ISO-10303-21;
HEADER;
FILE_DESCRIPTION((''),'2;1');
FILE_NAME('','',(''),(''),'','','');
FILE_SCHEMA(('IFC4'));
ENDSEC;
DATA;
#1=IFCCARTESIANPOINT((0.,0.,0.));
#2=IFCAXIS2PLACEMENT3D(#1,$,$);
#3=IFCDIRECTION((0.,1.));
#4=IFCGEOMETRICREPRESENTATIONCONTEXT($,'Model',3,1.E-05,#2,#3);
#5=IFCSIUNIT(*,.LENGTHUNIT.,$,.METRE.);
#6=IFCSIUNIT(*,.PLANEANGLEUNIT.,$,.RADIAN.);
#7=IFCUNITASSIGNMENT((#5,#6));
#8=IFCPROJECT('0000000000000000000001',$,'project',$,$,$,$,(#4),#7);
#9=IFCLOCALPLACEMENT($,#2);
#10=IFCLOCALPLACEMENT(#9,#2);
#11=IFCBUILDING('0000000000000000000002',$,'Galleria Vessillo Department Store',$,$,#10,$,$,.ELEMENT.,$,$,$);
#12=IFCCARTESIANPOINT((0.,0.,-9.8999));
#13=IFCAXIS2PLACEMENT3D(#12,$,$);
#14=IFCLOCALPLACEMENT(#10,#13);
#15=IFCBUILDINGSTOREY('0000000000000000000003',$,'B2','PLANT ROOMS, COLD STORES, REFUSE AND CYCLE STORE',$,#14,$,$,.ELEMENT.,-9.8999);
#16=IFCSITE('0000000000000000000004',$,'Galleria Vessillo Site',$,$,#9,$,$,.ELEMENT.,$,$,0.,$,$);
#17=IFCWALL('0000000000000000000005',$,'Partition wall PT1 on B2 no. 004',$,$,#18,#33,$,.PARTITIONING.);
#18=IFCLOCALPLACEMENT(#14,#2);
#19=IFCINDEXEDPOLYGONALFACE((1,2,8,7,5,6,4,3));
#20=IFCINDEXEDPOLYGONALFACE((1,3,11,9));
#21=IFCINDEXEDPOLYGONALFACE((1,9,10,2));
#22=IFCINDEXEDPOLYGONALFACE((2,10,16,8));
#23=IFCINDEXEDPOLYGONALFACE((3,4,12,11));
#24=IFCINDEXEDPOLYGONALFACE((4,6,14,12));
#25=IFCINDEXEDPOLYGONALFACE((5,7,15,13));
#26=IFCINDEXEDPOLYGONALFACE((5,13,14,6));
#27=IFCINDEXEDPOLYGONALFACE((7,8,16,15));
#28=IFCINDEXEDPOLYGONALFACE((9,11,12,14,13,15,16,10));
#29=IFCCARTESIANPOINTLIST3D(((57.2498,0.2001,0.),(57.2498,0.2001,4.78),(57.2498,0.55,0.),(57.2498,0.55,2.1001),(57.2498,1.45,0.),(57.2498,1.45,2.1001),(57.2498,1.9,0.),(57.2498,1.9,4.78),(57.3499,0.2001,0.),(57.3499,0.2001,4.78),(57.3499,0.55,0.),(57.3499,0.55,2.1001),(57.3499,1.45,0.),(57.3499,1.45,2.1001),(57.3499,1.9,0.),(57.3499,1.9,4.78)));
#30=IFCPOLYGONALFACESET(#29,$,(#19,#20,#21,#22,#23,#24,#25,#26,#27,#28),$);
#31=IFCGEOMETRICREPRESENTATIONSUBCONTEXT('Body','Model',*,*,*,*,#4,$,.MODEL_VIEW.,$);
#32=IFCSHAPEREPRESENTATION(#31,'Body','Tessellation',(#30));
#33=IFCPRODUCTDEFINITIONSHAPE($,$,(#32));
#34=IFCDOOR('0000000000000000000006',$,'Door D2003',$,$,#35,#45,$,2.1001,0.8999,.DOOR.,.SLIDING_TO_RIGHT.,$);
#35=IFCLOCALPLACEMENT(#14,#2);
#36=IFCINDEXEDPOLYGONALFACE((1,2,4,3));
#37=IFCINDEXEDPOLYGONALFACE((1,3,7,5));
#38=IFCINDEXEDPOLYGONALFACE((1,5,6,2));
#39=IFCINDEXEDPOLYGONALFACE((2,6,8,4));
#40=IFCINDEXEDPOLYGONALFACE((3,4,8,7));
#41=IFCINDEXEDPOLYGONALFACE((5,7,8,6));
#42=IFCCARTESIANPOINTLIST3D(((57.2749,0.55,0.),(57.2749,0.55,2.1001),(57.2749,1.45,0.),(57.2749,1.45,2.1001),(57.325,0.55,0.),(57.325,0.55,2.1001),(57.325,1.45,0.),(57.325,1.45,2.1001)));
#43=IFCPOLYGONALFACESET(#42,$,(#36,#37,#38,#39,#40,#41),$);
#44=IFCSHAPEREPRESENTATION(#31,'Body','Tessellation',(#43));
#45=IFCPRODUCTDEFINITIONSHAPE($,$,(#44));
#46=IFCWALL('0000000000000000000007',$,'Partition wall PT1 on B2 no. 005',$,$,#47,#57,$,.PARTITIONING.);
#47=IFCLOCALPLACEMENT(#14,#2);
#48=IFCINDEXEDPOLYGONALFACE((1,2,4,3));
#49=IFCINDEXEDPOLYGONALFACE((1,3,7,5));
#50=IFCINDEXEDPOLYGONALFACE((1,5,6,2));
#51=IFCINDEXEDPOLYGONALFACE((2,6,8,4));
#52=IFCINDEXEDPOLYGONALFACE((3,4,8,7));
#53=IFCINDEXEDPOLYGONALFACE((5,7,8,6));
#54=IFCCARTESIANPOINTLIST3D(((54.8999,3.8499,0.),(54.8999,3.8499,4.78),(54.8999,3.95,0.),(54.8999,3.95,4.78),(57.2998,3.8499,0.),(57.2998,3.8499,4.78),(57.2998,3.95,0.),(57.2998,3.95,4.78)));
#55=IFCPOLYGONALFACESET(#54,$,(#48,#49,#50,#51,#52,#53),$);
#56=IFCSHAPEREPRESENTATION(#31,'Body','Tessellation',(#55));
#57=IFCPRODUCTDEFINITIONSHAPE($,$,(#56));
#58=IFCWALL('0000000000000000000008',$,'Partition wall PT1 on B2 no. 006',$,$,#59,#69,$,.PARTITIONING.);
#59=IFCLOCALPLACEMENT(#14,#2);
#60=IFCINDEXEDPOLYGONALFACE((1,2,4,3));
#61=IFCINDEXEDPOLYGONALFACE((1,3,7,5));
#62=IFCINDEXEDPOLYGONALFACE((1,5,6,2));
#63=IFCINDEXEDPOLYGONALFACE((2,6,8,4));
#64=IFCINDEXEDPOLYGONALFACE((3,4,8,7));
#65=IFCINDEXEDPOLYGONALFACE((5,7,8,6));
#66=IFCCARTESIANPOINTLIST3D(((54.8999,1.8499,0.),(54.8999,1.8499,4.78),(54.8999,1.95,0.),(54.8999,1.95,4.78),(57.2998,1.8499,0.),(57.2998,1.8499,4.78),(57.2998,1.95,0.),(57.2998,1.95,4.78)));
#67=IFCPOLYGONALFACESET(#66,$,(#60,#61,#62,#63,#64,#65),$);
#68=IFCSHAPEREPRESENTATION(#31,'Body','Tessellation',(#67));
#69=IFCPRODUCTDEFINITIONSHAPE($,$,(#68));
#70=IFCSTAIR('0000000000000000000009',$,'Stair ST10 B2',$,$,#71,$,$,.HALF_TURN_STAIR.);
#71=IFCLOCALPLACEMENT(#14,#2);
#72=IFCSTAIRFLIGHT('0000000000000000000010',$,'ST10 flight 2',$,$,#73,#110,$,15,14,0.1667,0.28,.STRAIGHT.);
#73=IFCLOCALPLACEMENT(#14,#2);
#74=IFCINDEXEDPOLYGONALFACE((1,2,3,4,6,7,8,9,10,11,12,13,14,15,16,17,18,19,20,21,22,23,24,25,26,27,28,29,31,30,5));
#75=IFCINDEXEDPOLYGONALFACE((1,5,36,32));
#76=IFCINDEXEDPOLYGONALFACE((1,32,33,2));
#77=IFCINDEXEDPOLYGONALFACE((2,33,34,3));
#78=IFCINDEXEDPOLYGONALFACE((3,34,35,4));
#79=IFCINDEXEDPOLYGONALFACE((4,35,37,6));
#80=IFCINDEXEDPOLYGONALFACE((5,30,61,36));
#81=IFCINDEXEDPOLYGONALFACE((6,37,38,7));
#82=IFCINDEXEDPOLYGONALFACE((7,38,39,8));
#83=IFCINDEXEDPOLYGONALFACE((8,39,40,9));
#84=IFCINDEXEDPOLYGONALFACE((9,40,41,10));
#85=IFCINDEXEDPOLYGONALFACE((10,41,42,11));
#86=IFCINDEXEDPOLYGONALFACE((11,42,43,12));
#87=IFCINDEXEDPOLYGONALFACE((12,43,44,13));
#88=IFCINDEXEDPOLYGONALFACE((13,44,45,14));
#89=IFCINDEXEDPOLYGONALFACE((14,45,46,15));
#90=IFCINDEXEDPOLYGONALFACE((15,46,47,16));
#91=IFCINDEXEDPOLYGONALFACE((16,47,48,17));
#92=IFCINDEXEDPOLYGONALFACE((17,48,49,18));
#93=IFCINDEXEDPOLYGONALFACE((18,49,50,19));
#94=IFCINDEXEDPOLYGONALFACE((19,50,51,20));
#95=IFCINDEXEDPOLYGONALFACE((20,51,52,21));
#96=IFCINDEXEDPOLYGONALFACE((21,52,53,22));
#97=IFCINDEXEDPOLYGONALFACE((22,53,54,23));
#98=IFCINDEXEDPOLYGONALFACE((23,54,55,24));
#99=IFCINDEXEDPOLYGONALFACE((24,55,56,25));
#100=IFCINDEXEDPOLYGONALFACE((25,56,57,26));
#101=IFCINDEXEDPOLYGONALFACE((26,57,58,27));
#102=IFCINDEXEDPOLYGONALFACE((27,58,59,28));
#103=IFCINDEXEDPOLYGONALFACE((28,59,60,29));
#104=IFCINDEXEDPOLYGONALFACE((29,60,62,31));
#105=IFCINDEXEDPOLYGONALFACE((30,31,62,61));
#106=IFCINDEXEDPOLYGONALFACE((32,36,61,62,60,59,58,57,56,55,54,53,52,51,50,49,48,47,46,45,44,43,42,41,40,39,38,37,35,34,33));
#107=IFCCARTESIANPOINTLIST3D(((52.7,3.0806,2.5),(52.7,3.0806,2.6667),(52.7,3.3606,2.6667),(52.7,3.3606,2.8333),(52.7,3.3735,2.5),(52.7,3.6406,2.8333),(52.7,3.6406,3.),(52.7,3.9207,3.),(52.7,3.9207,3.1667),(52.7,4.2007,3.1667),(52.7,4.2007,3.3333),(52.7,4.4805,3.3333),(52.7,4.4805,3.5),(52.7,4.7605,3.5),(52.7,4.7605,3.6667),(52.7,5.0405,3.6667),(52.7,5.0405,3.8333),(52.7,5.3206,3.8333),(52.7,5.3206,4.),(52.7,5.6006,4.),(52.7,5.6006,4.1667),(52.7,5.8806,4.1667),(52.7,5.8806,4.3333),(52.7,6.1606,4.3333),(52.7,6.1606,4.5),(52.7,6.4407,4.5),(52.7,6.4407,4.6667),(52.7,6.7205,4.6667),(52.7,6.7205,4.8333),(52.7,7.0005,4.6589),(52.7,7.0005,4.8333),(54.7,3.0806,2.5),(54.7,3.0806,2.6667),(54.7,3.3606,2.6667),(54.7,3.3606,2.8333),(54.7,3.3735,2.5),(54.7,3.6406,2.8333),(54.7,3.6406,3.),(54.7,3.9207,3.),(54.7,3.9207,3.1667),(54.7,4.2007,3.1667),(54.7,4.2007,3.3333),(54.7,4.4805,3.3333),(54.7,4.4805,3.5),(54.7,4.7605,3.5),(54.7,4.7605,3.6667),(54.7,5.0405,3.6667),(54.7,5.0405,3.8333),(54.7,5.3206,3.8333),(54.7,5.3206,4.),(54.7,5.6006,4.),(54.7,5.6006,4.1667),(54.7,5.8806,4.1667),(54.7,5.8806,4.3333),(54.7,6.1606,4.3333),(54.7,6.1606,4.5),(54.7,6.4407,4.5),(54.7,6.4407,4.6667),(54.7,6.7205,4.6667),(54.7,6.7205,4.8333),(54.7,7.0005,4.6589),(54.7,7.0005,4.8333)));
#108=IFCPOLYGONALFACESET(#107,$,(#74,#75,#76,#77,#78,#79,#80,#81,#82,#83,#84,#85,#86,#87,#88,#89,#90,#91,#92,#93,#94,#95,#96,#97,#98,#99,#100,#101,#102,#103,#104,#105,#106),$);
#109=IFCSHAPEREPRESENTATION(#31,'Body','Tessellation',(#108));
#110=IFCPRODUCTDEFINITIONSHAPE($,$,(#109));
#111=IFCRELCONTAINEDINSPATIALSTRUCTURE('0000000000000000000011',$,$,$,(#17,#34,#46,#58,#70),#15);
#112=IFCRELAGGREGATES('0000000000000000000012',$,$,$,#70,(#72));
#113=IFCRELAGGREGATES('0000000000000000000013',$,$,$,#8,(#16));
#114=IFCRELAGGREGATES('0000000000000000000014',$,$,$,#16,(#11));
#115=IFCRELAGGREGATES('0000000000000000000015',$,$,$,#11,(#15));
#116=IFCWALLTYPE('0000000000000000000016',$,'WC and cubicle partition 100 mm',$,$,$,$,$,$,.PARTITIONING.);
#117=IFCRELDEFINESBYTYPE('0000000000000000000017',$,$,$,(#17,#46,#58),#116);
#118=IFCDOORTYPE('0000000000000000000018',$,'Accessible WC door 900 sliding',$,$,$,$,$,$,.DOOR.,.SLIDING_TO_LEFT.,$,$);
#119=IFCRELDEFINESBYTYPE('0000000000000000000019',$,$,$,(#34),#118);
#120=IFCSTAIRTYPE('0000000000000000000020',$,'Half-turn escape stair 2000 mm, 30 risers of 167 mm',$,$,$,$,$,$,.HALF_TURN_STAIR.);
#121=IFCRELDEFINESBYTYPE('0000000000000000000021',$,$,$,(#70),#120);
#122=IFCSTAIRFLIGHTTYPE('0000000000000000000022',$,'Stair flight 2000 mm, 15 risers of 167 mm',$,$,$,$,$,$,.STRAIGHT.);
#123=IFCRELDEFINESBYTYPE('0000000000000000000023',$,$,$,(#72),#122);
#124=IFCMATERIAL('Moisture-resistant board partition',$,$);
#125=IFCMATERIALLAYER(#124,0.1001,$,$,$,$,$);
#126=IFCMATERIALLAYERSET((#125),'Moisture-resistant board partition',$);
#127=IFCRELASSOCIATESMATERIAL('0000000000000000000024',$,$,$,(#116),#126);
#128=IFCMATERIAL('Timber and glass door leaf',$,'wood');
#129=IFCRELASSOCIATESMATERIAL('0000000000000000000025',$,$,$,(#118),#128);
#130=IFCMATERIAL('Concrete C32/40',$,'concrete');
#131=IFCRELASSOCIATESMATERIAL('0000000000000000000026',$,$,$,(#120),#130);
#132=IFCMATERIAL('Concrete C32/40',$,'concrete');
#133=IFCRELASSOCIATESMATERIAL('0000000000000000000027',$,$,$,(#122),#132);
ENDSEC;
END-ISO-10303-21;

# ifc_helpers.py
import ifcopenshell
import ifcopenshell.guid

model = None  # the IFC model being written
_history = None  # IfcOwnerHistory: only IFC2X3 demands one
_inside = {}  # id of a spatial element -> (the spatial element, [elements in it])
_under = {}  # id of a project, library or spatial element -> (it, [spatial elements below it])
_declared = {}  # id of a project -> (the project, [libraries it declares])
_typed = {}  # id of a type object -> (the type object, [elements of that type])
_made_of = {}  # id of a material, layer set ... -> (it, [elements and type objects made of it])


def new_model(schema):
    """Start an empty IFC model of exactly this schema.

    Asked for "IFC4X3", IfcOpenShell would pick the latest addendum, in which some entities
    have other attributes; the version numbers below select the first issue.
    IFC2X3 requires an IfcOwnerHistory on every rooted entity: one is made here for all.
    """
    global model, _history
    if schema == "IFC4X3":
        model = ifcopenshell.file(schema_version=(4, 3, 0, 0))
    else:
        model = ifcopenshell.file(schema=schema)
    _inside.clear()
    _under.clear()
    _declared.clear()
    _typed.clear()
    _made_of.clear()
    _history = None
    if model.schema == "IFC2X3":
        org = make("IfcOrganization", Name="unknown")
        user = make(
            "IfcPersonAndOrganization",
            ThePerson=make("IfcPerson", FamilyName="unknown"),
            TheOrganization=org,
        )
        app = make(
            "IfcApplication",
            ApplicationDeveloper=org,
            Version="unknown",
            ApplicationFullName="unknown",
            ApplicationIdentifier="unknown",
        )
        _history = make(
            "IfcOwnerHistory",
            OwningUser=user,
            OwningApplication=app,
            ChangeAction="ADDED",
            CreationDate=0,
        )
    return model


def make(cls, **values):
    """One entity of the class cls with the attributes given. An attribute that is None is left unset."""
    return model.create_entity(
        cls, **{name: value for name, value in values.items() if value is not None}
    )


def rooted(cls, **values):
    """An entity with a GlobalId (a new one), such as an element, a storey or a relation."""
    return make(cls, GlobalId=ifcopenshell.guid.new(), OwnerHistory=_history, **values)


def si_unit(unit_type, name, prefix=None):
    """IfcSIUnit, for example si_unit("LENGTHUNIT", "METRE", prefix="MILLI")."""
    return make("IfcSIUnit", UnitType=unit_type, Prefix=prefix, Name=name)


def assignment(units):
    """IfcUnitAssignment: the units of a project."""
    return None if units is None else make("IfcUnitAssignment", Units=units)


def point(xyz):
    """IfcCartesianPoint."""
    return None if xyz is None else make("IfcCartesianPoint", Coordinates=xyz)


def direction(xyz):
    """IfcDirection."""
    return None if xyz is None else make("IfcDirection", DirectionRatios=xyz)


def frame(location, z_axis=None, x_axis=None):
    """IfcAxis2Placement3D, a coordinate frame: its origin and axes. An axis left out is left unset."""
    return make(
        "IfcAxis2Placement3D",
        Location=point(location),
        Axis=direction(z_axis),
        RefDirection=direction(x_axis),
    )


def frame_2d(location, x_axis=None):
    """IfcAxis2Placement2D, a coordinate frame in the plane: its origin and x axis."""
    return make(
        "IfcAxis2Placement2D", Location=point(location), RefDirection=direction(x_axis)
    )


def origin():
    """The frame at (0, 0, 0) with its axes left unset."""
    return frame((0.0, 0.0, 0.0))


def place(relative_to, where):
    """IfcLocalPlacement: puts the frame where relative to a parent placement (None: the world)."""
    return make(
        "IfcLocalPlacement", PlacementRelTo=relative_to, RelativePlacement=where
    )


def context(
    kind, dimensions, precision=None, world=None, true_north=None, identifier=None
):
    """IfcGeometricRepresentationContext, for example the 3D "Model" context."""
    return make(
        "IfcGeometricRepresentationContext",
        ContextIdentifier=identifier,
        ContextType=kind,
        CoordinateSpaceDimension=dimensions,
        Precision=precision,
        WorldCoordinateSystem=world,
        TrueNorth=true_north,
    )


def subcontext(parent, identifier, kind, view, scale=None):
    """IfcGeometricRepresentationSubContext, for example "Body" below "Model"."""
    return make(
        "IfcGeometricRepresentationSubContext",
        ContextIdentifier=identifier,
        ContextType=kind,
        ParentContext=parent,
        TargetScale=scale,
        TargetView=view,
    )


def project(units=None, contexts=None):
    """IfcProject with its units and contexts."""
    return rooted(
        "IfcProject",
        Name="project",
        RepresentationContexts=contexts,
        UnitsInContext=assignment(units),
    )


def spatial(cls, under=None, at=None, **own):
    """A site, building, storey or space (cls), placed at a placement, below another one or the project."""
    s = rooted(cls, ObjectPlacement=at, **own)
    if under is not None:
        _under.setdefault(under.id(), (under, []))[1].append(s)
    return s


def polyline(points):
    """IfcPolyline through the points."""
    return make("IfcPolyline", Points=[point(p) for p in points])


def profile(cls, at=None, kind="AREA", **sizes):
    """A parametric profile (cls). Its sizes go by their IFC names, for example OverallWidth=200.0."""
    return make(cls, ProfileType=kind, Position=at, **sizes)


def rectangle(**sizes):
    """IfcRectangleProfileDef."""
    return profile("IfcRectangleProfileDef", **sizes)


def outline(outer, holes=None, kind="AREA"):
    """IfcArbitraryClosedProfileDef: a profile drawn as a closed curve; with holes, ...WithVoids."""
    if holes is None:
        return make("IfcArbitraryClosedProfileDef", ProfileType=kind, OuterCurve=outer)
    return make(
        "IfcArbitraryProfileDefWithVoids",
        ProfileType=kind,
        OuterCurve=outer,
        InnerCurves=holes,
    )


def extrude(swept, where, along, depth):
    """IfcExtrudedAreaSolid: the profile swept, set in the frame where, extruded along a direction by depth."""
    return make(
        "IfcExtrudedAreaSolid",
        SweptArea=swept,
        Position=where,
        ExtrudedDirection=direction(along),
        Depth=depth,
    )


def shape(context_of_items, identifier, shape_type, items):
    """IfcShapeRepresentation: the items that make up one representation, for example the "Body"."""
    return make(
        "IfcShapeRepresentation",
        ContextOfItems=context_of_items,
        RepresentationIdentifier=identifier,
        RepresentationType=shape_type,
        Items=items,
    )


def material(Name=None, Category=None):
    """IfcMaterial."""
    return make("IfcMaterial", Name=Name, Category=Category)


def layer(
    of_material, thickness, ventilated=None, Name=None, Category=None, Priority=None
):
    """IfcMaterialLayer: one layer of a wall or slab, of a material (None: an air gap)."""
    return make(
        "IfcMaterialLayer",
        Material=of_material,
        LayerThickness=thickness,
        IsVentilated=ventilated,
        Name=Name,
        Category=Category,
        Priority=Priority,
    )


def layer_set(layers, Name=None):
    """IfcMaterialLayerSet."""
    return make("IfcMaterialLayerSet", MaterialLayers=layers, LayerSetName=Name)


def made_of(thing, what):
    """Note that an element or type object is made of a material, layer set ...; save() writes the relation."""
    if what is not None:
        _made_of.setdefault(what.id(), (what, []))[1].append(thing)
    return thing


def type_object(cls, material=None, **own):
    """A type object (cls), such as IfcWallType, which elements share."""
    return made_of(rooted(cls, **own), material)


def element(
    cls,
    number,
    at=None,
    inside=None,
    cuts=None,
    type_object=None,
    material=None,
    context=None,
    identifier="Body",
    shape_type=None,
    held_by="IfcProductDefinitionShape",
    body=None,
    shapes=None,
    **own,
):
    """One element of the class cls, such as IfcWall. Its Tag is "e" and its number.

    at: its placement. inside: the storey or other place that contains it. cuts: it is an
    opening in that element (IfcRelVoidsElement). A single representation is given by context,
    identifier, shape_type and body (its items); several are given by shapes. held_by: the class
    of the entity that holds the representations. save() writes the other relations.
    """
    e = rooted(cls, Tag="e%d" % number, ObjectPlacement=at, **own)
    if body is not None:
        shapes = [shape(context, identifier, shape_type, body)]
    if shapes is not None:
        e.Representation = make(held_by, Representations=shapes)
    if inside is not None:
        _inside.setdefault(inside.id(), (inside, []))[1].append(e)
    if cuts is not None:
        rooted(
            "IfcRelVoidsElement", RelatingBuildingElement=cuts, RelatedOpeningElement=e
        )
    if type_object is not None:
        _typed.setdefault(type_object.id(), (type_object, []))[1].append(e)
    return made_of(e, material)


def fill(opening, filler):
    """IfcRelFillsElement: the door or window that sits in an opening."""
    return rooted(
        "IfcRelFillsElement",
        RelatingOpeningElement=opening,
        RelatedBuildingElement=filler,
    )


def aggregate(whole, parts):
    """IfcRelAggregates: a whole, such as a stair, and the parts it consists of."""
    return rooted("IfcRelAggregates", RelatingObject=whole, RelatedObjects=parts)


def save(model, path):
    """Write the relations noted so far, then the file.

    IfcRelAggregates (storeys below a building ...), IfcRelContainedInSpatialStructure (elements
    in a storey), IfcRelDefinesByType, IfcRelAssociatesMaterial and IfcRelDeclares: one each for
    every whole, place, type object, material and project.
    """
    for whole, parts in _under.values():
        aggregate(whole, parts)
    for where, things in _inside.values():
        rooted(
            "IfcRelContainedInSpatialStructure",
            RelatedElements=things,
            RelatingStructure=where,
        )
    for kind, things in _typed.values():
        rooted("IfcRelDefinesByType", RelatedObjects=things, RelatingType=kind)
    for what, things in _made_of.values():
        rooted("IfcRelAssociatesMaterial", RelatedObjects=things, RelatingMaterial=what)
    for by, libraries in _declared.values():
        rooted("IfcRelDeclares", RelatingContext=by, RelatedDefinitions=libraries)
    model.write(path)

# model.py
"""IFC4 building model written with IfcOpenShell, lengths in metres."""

from ifc_helpers import new_model, si_unit, direction, frame, frame_2d, origin, place, context, subcontext, project, spatial, polyline, rectangle, outline, extrude, material, layer, layer_set, type_object, element, fill, aggregate, save


model = new_model("IFC4")

# Units and contexts
model_context = context("Model", 3, precision=1e-05, world=origin(), true_north=direction((0.0, 1.0)))
body_context = subcontext(model_context, "Body", "Model", "MODEL_VIEW")
ifc_project = project(units=[si_unit("LENGTHUNIT", "METRE"), si_unit("PLANEANGLEUNIT", "RADIAN")], contexts=[model_context])

# Site, building, storey
site_placement = place(None, origin())
site = spatial("IfcSite", under=ifc_project, at=site_placement, Name="Galleria Vessillo Site", CompositionType="ELEMENT", RefElevation=0.0)
building_placement = place(site_placement, origin())
building = spatial("IfcBuilding", under=site, at=building_placement, Name="Galleria Vessillo Department Store", CompositionType="ELEMENT")
storey_placement = place(building_placement, frame((0.0, 0.0, -9.8999)))
storey = spatial("IfcBuildingStorey", under=building, at=storey_placement, Name="B2", Description="PLANT ROOMS, COLD STORES, REFUSE AND CYCLE STORE", CompositionType="ELEMENT", Elevation=-9.8999)

# Shared definitions
ifc_material_1 = material(Name="Moisture-resistant board partition")
ifc_layer_1 = layer(ifc_material_1, 0.1001)
ifc_layer_set_1 = layer_set([ifc_layer_1], Name="Moisture-resistant board partition")
wall_type_1 = type_object("IfcWallType", Name="WC and cubicle partition 100 mm", PredefinedType="PARTITIONING", material=ifc_layer_set_1)

# Wall, opening, door
wall_1_placement = place(storey_placement, frame((57.2998, 0.2, 0.0), z_axis=(0.0, 0.0, 1.0), x_axis=(0.0, 1.0, 0.0)))
wall_1 = element("IfcWall", 1, at=wall_1_placement, inside=storey, type_object=wall_type_1, Name="Partition wall PT1 on B2 no. 004", PredefinedType="PARTITIONING", context=body_context, shape_type="SweptSolid", body=[
    extrude(rectangle(XDim=1.7, YDim=0.1001, at=frame_2d((0.8501, 0.0))), origin(), (0.0, 0.0, 1.0), 4.78),
])
opening_1_placement = place(wall_1_placement, frame((0.3501, 0.0, 0.0)))
opening_1 = element("IfcOpeningElement", 2, at=opening_1_placement, cuts=wall_1, PredefinedType="OPENING", context=body_context, shape_type="SweptSolid", body=[
    extrude(rectangle(XDim=0.8999, YDim=2.1001, at=frame_2d((0.45, 1.05))), frame((0.0, 0.0601, 0.0), z_axis=(0.0, -1.0, 0.0), x_axis=(1.0, 0.0, 0.0)), (0.0, 0.0, 1.0), 0.1201),
])
ifc_material_2 = material(Name="Timber and glass door leaf", Category="wood")
door_type_1 = type_object("IfcDoorType", Name="Accessible WC door 900 sliding", OperationType="SLIDING_TO_LEFT", PredefinedType="DOOR", material=ifc_material_2)
door_1_placement = place(opening_1_placement, origin())
door_1 = element("IfcDoor", 3, at=door_1_placement, inside=storey, type_object=door_type_1, Name="Door D2003", OperationType="SLIDING_TO_RIGHT", OverallHeight=2.1001, OverallWidth=0.8999, PredefinedType="DOOR", context=body_context, shape_type="SweptSolid", body=[
    extrude(rectangle(XDim=0.8999, YDim=2.1001, at=frame_2d((0.45, 1.05))), frame((0.0, 0.0249, 0.0), z_axis=(0.0, -1.0, 0.0), x_axis=(1.0, 0.0, 0.0)), (0.0, 0.0, 1.0), 0.05),
])
fill(opening_1, door_1)

# Walls
for number, where, z_axis, x_axis, name in (
    (4, (54.8999, 3.8999, 0.0), (0.0, 0.0, 1.0), (1.0, 0.0, 0.0), "Partition wall PT1 on B2 no. 005"),
    (5, (54.8999, 1.8999, 0.0), (0.0, 0.0, 1.0), (1.0, 0.0, 0.0), "Partition wall PT1 on B2 no. 006"),
):
    element("IfcWall", number, at=place(storey_placement, frame(where, z_axis=z_axis, x_axis=x_axis)), inside=storey, type_object=wall_type_1, Name=name, PredefinedType="PARTITIONING", context=body_context, shape_type="SweptSolid", body=[
        extrude(rectangle(XDim=2.3999, YDim=0.1001, at=frame_2d((1.2, 0.0))), origin(), (0.0, 0.0, 1.0), 4.78),
    ])

# Stair, stair flight
ifc_material_3 = material(Name="Concrete C32/40", Category="concrete")
stair_type = type_object("IfcStairType", Name="Half-turn escape stair 2000 mm, 30 risers of 167 mm", PredefinedType="HALF_TURN_STAIR", material=ifc_material_3)
stair_placement = place(storey_placement, origin())
stair = element("IfcStair", 6, at=stair_placement, inside=storey, type_object=stair_type, Name="Stair ST10 B2", PredefinedType="HALF_TURN_STAIR")
ifc_material_4 = material(Name="Concrete C32/40", Category="concrete")
stair_flight_type = type_object("IfcStairFlightType", Name="Stair flight 2000 mm, 15 risers of 167 mm", PredefinedType="STRAIGHT", material=ifc_material_4)
stair_flight_placement = place(storey_placement, frame((53.7, 3.0806, 2.5), z_axis=(0.0, 0.0, 1.0), x_axis=(0.0, 1.0, 0.0)))
stair_flight = element("IfcStairFlight", 7, at=stair_flight_placement, type_object=stair_flight_type, Name="ST10 flight 2", NumberOfRisers=15, NumberOfTreads=14, PredefinedType="STRAIGHT", RiserHeight=0.1667, TreadLength=0.28, context=body_context, shape_type="SweptSolid", body=[
    extrude(outline(polyline([(0.0, 0.0), (0.0, 0.1667), (0.28, 0.1667), (0.28, 0.3333), (0.5601, 0.3333), (0.5601, 0.5), (0.8401, 0.5), (0.8401, 0.6667), (1.1201, 0.6667), (1.1201, 0.8333), (1.3999, 0.8333), (1.3999, 1.0), (1.6799, 1.0), (1.6799, 1.1667), (1.96, 1.1667), (1.96, 1.3333), (2.24, 1.3333), (2.24, 1.5), (2.52, 1.5), (2.52, 1.6667), (2.8, 1.6667), (2.8, 1.8333), (3.0801, 1.8333), (3.0801, 2.0), (3.3601, 2.0), (3.3601, 2.1667), (3.6399, 2.1667), (3.6399, 2.3333), (3.9199, 2.3333), (3.9199, 2.5), (3.9199, 2.1589), (0.293, 0.0), (0.0, 0.0)])), frame((0.0, 1.0, 0.0), z_axis=(0.0, -1.0, 0.0), x_axis=(1.0, 0.0, 0.0)), (0.0, 0.0, 1.0), 2.0),
])
aggregate(stair, [stair_flight])

save(model, "model.ifc")
